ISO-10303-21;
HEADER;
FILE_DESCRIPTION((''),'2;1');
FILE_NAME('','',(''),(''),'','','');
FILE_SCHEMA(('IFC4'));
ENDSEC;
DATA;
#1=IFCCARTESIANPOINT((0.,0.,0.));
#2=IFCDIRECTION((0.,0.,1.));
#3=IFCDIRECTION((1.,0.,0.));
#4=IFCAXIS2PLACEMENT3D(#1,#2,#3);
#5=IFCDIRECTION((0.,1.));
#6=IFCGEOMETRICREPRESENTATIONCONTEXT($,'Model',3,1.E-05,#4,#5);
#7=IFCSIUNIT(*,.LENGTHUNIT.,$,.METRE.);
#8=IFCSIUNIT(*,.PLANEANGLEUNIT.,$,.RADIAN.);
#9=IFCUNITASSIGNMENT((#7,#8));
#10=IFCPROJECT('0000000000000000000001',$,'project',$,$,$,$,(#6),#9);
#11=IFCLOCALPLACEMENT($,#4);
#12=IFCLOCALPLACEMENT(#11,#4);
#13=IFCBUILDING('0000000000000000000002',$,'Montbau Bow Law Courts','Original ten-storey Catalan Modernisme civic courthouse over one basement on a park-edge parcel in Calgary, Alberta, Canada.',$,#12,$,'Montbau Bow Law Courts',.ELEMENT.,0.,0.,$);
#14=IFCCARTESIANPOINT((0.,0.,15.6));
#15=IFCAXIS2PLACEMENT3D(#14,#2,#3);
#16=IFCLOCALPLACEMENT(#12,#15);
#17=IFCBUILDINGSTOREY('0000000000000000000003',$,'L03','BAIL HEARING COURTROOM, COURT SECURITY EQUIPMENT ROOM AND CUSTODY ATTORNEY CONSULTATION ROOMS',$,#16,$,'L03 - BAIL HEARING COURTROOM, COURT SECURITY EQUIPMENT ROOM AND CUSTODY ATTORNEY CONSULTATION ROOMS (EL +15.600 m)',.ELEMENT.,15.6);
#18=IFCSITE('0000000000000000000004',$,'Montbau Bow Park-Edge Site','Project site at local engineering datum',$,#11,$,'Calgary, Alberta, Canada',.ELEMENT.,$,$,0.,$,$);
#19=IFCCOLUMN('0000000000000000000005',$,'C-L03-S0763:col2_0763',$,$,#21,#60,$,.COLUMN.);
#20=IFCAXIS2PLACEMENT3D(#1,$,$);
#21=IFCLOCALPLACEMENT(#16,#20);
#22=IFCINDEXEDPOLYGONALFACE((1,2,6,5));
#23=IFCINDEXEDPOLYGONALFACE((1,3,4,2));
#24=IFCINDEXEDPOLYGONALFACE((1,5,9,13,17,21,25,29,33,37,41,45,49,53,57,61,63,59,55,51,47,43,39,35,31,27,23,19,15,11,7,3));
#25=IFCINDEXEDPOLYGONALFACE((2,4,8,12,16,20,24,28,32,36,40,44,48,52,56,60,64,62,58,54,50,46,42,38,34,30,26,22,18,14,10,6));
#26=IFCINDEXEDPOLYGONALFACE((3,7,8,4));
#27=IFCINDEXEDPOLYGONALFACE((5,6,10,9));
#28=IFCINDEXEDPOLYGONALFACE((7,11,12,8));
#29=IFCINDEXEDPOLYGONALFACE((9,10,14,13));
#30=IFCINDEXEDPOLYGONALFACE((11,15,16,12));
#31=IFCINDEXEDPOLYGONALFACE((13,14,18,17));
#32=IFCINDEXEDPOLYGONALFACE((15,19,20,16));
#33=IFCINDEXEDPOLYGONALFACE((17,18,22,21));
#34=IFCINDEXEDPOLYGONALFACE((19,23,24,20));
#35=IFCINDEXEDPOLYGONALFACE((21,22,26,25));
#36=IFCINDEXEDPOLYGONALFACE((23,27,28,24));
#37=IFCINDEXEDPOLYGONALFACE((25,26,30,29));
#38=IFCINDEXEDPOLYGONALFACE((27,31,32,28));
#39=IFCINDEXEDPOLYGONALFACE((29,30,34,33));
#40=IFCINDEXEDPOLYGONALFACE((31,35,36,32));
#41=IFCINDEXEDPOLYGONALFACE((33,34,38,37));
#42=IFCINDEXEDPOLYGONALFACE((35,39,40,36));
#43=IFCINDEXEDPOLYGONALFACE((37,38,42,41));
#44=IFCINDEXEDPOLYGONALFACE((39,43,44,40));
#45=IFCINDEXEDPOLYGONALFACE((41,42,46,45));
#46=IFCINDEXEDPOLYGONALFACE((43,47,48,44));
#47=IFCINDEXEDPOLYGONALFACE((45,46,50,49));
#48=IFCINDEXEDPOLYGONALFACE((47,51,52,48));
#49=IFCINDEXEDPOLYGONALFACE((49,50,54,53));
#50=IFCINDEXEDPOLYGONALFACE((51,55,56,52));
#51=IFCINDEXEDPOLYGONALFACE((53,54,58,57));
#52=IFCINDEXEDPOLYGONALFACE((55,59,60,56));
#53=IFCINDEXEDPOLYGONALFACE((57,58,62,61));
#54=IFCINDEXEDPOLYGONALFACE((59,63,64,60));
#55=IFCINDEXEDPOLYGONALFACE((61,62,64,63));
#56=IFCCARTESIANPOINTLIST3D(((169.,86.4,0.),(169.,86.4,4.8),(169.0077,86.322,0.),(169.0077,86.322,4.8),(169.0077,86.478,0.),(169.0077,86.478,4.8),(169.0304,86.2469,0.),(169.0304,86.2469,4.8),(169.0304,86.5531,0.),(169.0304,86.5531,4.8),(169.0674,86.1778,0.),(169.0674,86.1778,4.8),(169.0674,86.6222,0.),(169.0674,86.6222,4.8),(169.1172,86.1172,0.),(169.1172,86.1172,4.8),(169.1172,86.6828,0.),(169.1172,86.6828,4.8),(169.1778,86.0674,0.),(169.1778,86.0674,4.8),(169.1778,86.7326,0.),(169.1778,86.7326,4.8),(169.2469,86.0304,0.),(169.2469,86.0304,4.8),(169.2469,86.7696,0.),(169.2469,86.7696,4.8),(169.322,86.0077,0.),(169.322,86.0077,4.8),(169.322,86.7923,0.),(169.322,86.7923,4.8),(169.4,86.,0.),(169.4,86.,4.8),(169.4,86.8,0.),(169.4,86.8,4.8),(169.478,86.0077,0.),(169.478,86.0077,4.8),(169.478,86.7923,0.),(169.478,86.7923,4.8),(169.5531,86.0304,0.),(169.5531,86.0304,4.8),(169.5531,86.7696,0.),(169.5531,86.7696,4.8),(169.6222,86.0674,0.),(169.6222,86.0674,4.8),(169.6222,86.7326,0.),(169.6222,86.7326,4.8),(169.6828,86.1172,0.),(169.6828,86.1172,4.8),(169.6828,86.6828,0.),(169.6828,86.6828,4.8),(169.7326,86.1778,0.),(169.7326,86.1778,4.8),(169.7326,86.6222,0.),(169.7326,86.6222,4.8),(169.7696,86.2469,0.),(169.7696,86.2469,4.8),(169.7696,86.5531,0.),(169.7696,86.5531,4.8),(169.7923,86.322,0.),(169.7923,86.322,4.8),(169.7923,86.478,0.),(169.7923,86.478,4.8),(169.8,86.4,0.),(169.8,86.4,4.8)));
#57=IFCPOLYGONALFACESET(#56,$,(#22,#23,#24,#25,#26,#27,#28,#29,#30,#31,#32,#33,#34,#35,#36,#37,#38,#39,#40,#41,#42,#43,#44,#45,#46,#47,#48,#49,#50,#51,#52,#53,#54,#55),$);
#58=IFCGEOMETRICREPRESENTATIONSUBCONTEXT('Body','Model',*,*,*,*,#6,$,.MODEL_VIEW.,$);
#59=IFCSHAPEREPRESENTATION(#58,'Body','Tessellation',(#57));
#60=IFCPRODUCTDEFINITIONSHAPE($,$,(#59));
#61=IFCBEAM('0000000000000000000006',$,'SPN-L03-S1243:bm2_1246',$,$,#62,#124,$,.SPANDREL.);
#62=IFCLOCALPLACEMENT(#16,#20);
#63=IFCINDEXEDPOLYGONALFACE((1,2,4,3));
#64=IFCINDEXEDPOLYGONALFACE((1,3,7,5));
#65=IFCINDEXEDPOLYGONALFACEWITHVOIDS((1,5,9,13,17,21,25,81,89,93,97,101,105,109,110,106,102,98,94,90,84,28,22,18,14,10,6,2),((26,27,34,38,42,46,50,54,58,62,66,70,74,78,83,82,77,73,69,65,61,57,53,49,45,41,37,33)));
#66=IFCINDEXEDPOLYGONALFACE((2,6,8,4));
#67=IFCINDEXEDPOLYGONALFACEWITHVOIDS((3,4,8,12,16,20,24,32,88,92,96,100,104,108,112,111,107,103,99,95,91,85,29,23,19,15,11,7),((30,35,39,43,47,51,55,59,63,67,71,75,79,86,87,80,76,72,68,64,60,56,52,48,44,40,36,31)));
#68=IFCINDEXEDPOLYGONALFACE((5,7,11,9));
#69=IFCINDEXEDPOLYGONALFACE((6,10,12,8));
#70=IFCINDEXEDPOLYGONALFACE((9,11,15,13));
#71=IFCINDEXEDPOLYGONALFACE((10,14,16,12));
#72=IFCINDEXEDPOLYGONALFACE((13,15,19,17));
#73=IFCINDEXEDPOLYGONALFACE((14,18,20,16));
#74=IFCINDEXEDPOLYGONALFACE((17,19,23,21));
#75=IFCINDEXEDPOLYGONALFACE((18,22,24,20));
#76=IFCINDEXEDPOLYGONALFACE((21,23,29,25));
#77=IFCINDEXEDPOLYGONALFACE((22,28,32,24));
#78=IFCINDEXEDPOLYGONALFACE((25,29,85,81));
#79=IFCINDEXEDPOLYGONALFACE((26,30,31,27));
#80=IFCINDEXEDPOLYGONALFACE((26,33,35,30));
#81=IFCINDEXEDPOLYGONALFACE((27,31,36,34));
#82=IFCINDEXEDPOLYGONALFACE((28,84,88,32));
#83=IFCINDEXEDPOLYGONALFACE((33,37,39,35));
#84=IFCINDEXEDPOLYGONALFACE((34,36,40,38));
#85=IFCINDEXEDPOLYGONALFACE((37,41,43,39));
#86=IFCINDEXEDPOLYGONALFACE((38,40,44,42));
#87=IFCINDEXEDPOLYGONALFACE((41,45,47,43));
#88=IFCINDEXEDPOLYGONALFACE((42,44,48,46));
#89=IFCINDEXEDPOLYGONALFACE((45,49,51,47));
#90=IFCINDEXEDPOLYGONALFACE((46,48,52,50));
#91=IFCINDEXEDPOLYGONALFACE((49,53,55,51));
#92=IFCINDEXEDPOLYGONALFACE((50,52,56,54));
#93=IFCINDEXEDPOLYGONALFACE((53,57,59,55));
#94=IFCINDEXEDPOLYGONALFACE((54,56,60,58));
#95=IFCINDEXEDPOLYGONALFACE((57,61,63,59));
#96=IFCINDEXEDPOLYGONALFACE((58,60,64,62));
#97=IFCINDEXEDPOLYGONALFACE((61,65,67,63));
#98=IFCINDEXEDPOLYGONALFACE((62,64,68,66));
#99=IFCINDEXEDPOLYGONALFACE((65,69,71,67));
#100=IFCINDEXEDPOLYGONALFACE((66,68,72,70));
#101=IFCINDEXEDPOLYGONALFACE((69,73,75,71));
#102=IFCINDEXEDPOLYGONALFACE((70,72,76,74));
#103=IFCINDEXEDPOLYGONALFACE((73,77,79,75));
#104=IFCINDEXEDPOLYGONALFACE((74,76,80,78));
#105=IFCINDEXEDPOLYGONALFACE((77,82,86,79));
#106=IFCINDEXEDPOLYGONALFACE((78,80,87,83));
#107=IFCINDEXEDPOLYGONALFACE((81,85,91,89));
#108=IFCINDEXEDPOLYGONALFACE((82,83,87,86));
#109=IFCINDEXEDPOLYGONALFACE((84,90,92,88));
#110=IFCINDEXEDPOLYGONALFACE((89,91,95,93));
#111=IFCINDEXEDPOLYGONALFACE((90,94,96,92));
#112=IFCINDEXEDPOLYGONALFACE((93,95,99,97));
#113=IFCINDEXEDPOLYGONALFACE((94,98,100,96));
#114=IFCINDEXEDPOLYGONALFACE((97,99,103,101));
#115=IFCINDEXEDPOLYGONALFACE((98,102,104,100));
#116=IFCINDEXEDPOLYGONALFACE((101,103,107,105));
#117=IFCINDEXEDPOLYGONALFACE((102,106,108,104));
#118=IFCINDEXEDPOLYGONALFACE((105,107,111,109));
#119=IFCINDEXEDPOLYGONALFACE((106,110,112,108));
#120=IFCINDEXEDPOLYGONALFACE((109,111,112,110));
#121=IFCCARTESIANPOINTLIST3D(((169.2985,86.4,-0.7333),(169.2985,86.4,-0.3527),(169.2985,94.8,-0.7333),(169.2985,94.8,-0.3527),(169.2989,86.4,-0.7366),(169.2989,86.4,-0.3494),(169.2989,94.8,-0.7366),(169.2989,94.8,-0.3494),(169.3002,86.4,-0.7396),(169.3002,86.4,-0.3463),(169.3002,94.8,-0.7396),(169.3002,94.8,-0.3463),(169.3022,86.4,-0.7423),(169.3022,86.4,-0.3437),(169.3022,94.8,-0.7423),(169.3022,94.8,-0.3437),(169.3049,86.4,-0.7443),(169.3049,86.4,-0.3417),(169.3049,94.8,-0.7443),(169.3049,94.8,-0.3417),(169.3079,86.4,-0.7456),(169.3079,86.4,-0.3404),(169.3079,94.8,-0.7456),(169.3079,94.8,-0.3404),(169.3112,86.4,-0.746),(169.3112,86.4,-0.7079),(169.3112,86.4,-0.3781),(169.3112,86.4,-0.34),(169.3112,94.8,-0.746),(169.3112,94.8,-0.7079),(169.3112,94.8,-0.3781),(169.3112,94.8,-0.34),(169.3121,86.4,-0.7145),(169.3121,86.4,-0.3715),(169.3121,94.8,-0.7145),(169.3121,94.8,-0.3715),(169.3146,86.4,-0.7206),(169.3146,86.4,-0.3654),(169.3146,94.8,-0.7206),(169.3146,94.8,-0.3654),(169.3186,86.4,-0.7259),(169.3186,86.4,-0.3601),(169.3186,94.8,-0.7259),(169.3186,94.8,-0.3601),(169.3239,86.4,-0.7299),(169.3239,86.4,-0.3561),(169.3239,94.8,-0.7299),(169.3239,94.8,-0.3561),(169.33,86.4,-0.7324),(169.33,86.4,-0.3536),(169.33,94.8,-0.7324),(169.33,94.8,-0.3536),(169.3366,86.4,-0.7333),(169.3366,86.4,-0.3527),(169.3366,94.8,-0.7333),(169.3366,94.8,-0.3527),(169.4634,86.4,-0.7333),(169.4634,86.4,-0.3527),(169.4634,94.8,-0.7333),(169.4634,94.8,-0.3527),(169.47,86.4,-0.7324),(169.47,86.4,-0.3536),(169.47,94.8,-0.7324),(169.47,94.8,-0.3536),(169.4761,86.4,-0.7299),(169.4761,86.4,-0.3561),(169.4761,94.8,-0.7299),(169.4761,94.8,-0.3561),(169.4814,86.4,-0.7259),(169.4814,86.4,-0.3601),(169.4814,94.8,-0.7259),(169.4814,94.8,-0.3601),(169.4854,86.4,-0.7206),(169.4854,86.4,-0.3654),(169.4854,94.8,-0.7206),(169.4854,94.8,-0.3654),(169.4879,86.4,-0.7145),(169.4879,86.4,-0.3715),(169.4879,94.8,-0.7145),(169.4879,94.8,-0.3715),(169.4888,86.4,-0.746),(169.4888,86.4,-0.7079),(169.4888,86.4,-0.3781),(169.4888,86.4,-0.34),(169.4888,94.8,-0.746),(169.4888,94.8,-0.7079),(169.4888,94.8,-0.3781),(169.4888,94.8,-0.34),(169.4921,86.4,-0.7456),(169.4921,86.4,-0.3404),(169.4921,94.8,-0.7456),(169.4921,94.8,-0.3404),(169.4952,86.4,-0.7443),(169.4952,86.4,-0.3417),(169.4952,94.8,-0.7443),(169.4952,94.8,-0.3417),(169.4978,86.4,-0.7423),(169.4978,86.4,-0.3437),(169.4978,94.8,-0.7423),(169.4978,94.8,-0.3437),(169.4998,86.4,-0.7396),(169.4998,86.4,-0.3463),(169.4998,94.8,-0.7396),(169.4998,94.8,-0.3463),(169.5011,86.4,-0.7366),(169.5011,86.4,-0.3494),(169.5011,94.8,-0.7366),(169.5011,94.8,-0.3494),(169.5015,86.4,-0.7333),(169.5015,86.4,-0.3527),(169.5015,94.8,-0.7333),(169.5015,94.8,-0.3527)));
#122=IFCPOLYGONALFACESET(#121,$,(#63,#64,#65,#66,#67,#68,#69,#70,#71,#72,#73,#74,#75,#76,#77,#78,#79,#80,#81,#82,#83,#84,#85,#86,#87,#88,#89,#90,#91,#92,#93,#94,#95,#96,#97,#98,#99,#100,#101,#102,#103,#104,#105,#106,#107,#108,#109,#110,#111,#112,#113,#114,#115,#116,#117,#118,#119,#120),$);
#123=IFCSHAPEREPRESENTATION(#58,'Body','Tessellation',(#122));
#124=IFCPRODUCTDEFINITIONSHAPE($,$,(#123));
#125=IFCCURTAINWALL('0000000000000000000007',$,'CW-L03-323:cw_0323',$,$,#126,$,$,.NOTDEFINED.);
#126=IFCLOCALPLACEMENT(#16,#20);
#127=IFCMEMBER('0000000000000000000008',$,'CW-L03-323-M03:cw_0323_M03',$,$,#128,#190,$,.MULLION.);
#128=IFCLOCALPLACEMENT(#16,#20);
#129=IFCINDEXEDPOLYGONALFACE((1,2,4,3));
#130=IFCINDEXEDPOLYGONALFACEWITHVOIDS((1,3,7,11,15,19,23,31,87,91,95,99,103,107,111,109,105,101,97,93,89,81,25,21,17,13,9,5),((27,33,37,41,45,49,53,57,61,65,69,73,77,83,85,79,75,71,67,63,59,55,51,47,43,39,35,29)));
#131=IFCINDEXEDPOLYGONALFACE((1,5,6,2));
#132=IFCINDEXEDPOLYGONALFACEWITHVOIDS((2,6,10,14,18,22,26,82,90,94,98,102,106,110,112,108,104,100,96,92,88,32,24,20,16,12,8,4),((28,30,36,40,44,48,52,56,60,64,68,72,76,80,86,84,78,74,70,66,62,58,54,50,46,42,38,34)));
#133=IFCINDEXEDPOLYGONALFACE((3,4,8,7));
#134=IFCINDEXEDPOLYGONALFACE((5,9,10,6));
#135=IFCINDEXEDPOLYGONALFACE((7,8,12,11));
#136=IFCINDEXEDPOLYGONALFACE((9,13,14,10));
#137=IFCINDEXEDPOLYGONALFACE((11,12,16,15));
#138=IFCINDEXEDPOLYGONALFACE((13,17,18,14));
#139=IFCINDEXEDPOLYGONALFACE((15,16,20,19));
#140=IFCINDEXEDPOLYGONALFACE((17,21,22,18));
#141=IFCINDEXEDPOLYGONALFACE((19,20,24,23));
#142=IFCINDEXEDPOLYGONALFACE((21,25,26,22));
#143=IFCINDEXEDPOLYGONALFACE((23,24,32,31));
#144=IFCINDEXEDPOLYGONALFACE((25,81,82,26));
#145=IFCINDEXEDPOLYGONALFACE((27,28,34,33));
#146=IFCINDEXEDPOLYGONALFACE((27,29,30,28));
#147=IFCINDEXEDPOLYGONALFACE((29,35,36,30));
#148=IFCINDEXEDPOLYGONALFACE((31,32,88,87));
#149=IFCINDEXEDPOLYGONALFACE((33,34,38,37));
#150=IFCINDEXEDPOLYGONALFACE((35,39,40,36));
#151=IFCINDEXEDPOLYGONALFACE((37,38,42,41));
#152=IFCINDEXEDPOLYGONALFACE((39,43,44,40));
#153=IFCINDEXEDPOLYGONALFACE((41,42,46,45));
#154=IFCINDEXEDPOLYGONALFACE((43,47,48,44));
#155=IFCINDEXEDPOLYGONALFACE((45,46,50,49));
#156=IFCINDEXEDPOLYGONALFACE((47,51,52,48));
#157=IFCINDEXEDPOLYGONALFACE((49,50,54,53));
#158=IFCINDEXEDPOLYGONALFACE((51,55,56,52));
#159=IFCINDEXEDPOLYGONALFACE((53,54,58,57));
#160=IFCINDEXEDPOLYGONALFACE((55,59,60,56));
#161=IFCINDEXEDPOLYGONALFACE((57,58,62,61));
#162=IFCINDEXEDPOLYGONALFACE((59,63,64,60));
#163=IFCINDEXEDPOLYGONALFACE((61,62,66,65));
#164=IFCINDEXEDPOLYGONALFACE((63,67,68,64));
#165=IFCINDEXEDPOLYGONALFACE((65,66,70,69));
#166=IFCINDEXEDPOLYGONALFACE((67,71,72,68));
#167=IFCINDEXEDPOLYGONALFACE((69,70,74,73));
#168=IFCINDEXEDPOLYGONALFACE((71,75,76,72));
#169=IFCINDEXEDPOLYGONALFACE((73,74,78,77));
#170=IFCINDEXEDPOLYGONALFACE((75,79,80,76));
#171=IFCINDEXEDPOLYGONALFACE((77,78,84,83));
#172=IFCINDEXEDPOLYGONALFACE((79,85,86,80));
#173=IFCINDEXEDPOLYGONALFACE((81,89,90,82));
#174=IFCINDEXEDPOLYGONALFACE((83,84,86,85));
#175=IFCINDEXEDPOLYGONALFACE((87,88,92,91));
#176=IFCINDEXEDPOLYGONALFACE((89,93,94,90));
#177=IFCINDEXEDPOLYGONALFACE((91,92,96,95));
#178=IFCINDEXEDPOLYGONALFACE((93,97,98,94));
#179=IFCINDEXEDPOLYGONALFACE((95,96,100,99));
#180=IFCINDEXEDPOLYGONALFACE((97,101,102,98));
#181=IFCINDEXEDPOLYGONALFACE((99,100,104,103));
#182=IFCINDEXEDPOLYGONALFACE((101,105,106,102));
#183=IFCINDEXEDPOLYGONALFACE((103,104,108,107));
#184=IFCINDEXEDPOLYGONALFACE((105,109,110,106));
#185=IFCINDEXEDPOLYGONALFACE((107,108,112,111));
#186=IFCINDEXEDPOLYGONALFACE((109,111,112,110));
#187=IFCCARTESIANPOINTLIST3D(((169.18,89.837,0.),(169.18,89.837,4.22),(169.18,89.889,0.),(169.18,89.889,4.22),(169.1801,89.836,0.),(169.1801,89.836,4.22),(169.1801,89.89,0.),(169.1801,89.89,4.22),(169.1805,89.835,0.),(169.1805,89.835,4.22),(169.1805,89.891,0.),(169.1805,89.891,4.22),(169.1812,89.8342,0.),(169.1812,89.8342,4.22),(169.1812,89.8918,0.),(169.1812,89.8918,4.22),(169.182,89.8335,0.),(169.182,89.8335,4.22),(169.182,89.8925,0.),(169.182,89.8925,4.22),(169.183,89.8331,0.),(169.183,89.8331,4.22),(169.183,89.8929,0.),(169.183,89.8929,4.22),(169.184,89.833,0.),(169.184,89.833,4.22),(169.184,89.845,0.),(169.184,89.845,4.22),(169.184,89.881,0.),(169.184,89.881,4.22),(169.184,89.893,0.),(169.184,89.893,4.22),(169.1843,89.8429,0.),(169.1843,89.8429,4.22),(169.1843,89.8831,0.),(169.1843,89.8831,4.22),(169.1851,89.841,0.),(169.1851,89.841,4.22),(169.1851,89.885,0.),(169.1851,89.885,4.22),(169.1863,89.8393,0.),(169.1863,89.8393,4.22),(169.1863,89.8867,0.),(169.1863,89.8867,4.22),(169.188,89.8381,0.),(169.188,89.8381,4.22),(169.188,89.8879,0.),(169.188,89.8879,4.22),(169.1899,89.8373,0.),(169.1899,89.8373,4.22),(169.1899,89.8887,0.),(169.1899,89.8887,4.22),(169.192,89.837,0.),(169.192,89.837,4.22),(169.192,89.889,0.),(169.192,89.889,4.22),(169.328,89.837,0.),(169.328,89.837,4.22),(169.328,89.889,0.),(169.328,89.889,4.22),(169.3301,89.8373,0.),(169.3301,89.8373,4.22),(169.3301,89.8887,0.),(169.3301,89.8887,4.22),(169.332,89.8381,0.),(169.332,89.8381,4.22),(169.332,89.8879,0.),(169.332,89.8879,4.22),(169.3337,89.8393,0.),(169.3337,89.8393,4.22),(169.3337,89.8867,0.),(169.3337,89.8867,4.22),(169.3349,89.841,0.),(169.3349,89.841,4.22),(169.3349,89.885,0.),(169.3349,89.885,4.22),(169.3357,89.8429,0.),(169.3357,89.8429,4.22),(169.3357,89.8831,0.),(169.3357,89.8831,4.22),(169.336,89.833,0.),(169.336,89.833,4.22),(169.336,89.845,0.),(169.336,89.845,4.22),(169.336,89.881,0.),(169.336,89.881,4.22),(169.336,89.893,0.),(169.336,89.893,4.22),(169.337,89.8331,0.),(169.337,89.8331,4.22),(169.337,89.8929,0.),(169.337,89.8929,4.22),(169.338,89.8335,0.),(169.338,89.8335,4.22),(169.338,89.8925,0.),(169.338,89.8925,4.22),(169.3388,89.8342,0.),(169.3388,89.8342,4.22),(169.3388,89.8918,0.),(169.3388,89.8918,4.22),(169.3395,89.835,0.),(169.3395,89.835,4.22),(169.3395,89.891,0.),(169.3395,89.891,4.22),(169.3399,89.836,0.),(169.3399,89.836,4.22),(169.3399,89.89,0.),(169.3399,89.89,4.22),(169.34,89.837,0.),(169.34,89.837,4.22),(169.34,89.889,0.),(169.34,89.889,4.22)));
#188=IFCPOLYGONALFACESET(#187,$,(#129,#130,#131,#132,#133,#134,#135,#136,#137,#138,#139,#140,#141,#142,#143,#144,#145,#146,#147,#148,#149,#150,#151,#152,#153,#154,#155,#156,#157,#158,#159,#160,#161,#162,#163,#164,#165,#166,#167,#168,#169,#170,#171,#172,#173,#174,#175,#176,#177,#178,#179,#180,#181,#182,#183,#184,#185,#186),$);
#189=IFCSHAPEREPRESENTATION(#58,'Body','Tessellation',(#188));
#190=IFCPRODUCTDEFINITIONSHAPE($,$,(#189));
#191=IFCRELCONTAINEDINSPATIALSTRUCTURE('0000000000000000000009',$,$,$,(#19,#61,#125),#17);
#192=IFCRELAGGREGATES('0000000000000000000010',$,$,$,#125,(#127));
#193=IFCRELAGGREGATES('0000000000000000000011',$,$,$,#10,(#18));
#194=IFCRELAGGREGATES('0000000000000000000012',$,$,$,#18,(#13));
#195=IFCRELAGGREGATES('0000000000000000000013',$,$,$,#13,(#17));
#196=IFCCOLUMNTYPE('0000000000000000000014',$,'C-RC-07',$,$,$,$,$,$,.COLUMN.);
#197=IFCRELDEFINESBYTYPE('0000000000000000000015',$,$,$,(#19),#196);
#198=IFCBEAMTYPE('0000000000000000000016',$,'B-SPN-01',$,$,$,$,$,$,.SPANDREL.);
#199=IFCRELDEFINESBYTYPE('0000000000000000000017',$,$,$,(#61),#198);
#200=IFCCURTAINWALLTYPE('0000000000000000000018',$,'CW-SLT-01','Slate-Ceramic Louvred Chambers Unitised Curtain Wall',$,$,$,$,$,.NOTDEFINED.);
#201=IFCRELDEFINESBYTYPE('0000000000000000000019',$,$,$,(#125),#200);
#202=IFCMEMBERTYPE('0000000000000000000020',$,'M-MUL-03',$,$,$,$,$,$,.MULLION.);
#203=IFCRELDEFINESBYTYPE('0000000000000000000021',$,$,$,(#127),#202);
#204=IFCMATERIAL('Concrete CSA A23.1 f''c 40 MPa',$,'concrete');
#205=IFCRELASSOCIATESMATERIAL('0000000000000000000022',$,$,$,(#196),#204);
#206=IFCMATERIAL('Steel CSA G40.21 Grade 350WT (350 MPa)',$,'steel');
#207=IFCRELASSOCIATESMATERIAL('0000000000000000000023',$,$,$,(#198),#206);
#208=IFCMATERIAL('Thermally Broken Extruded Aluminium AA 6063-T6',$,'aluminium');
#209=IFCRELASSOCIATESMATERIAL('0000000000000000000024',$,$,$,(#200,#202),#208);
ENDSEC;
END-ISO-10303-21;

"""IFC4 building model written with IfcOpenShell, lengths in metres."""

from ifc_helpers import new_model, si_unit, direction, frame, origin_with_axes, origin_2d_with_axis, place, context, subcontext, project, spatial, hollow_rectangle, circle, extrude, material, material_profile, profile_set, type_object, element, aggregate, save


model = new_model("IFC4")

# Units and contexts
model_context = context("Model", 3, precision=1e-05, world=origin_with_axes(), true_north=direction((0.0, 1.0)))
body_context = subcontext(model_context, "Body", "Model", "MODEL_VIEW")
ifc_project = project(units=[si_unit("LENGTHUNIT", "METRE"), si_unit("PLANEANGLEUNIT", "RADIAN")], contexts=[model_context])

# Site, building, storey
site_placement = place(None, origin_with_axes())
site = spatial("IfcSite", under=ifc_project, at=site_placement, Name="Montbau Bow Park-Edge Site", Description="Project site at local engineering datum", LongName="Calgary, Alberta, Canada", CompositionType="ELEMENT", RefElevation=0.0)
building_placement = place(site_placement, origin_with_axes())
building = spatial("IfcBuilding", under=site, at=building_placement, Name="Montbau Bow Law Courts", Description="Original ten-storey Catalan Modernisme civic courthouse over one basement on a park-edge parcel in Calgary, Alberta, Canada.", LongName="Montbau Bow Law Courts", CompositionType="ELEMENT", ElevationOfRefHeight=0.0, ElevationOfTerrain=0.0)
storey_placement = place(building_placement, frame((0.0, 0.0, 15.6), z_axis=(0.0, 0.0, 1.0), x_axis=(1.0, 0.0, 0.0)))
storey = spatial("IfcBuildingStorey", under=building, at=storey_placement, Name="L03", Description="BAIL HEARING COURTROOM, COURT SECURITY EQUIPMENT ROOM AND CUSTODY ATTORNEY CONSULTATION ROOMS", LongName="L03 - BAIL HEARING COURTROOM, COURT SECURITY EQUIPMENT ROOM AND CUSTODY ATTORNEY CONSULTATION ROOMS (EL +15.600 m)", CompositionType="ELEMENT", Elevation=15.6)

# Column
ifc_material_1 = material(Name="Concrete CSA A23.1 f'c 40 MPa", Category="concrete")
ifc_material_profile_1 = material_profile(ifc_material_1, circle(Radius=0.4, at=origin_2d_with_axis()), Name="RC800D", Category="Main", Priority=0)
ifc_profile_set_1 = profile_set([ifc_material_profile_1], Name="Concrete CSA A23.1 f'c 40 MPa")
column_type = type_object("IfcColumnType", Name="C-RC-07", PredefinedType="COLUMN", material=ifc_profile_set_1)
column_placement = place(None, frame((169.4, 86.4, 15.6), z_axis=(0.0, 0.0, 1.0), x_axis=(1.0, 0.0, 0.0)))
element("IfcColumn", 1, at=column_placement, inside=storey, type_object=column_type, Name="C-L03-S0763:col2_0763", PredefinedType="COLUMN", context=body_context, shape_type="SweptSolid", body=[
    extrude(circle(Radius=0.4, at=origin_2d_with_axis()), origin_with_axes(), (0.0, 0.0, 1.0), 4.8),
])

# Beam
ifc_material_2 = material(Name="Steel CSA G40.21 Grade 350WT (350 MPa)", Category="steel")
ifc_material_profile_2 = material_profile(ifc_material_2, hollow_rectangle(XDim=0.203, YDim=0.406, WallThickness=0.0127, InnerFilletRadius=0.0254, OuterFilletRadius=0.0127, at=origin_2d_with_axis()), Name="HSS406X203X13", Category="Main", Priority=0)
ifc_profile_set_2 = profile_set([ifc_material_profile_2], Name="Steel CSA G40.21 Grade 350WT (350 MPa)")
beam_type = type_object("IfcBeamType", Name="B-SPN-01", PredefinedType="SPANDREL", material=ifc_profile_set_2)
beam_placement = place(None, frame((169.4, 86.4, 15.057), z_axis=(0.0, 1.0, 0.0), x_axis=(-1.0, 0.0, 0.0)))
element("IfcBeam", 2, at=beam_placement, inside=storey, type_object=beam_type, Name="SPN-L03-S1243:bm2_1246", PredefinedType="SPANDREL", context=body_context, shape_type="SweptSolid", body=[
    extrude(hollow_rectangle(XDim=0.203, YDim=0.406, WallThickness=0.0127, InnerFilletRadius=0.0254, OuterFilletRadius=0.0127, at=origin_2d_with_axis()), origin_with_axes(), (0.0, 0.0, 1.0), 8.4),
])

# Curtain wall, member
ifc_material_3 = material(Name="Thermally Broken Extruded Aluminium AA 6063-T6", Category="aluminium")
curtain_wall_type = type_object("IfcCurtainWallType", Name="CW-SLT-01", Description="Slate-Ceramic Louvred Chambers Unitised Curtain Wall", PredefinedType="NOTDEFINED", material=ifc_material_3)
curtain_wall_placement = place(None, frame((169.26, 86.915, 15.6), z_axis=(0.0, 0.0, 1.0), x_axis=(1.0, 0.0, 0.0)))
curtain_wall = element("IfcCurtainWall", 3, at=curtain_wall_placement, inside=storey, type_object=curtain_wall_type, Name="CW-L03-323:cw_0323", PredefinedType="NOTDEFINED")
ifc_material_profile_3 = material_profile(ifc_material_3, hollow_rectangle(XDim=0.06, YDim=0.16, WallThickness=0.004, InnerFilletRadius=0.008, OuterFilletRadius=0.004, at=origin_2d_with_axis()), Name="CWM-160X60", Category="Main", Priority=0)
ifc_profile_set_3 = profile_set([ifc_material_profile_3], Name="Thermally Broken Extruded Aluminium AA 6063-T6")
member_type_1 = type_object("IfcMemberType", Name="M-MUL-03", PredefinedType="MULLION", material=ifc_profile_set_3)
member_1_placement = place(None, frame((169.26, 89.863, 15.6), z_axis=(0.0, 0.0, 1.0), x_axis=(0.0, 1.0, 0.0)))
member_1 = element("IfcMember", 4, at=member_1_placement, type_object=member_type_1, Name="CW-L03-323-M03:cw_0323_M03", PredefinedType="MULLION", context=body_context, shape_type="SweptSolid", body=[
    extrude(hollow_rectangle(XDim=0.06, YDim=0.16, WallThickness=0.004, InnerFilletRadius=0.008, OuterFilletRadius=0.004, at=origin_2d_with_axis()), origin_with_axes(), (0.0, 0.0, 1.0), 4.22),
])
aggregate(curtain_wall, [member_1])

save(model, "model.ifc")
